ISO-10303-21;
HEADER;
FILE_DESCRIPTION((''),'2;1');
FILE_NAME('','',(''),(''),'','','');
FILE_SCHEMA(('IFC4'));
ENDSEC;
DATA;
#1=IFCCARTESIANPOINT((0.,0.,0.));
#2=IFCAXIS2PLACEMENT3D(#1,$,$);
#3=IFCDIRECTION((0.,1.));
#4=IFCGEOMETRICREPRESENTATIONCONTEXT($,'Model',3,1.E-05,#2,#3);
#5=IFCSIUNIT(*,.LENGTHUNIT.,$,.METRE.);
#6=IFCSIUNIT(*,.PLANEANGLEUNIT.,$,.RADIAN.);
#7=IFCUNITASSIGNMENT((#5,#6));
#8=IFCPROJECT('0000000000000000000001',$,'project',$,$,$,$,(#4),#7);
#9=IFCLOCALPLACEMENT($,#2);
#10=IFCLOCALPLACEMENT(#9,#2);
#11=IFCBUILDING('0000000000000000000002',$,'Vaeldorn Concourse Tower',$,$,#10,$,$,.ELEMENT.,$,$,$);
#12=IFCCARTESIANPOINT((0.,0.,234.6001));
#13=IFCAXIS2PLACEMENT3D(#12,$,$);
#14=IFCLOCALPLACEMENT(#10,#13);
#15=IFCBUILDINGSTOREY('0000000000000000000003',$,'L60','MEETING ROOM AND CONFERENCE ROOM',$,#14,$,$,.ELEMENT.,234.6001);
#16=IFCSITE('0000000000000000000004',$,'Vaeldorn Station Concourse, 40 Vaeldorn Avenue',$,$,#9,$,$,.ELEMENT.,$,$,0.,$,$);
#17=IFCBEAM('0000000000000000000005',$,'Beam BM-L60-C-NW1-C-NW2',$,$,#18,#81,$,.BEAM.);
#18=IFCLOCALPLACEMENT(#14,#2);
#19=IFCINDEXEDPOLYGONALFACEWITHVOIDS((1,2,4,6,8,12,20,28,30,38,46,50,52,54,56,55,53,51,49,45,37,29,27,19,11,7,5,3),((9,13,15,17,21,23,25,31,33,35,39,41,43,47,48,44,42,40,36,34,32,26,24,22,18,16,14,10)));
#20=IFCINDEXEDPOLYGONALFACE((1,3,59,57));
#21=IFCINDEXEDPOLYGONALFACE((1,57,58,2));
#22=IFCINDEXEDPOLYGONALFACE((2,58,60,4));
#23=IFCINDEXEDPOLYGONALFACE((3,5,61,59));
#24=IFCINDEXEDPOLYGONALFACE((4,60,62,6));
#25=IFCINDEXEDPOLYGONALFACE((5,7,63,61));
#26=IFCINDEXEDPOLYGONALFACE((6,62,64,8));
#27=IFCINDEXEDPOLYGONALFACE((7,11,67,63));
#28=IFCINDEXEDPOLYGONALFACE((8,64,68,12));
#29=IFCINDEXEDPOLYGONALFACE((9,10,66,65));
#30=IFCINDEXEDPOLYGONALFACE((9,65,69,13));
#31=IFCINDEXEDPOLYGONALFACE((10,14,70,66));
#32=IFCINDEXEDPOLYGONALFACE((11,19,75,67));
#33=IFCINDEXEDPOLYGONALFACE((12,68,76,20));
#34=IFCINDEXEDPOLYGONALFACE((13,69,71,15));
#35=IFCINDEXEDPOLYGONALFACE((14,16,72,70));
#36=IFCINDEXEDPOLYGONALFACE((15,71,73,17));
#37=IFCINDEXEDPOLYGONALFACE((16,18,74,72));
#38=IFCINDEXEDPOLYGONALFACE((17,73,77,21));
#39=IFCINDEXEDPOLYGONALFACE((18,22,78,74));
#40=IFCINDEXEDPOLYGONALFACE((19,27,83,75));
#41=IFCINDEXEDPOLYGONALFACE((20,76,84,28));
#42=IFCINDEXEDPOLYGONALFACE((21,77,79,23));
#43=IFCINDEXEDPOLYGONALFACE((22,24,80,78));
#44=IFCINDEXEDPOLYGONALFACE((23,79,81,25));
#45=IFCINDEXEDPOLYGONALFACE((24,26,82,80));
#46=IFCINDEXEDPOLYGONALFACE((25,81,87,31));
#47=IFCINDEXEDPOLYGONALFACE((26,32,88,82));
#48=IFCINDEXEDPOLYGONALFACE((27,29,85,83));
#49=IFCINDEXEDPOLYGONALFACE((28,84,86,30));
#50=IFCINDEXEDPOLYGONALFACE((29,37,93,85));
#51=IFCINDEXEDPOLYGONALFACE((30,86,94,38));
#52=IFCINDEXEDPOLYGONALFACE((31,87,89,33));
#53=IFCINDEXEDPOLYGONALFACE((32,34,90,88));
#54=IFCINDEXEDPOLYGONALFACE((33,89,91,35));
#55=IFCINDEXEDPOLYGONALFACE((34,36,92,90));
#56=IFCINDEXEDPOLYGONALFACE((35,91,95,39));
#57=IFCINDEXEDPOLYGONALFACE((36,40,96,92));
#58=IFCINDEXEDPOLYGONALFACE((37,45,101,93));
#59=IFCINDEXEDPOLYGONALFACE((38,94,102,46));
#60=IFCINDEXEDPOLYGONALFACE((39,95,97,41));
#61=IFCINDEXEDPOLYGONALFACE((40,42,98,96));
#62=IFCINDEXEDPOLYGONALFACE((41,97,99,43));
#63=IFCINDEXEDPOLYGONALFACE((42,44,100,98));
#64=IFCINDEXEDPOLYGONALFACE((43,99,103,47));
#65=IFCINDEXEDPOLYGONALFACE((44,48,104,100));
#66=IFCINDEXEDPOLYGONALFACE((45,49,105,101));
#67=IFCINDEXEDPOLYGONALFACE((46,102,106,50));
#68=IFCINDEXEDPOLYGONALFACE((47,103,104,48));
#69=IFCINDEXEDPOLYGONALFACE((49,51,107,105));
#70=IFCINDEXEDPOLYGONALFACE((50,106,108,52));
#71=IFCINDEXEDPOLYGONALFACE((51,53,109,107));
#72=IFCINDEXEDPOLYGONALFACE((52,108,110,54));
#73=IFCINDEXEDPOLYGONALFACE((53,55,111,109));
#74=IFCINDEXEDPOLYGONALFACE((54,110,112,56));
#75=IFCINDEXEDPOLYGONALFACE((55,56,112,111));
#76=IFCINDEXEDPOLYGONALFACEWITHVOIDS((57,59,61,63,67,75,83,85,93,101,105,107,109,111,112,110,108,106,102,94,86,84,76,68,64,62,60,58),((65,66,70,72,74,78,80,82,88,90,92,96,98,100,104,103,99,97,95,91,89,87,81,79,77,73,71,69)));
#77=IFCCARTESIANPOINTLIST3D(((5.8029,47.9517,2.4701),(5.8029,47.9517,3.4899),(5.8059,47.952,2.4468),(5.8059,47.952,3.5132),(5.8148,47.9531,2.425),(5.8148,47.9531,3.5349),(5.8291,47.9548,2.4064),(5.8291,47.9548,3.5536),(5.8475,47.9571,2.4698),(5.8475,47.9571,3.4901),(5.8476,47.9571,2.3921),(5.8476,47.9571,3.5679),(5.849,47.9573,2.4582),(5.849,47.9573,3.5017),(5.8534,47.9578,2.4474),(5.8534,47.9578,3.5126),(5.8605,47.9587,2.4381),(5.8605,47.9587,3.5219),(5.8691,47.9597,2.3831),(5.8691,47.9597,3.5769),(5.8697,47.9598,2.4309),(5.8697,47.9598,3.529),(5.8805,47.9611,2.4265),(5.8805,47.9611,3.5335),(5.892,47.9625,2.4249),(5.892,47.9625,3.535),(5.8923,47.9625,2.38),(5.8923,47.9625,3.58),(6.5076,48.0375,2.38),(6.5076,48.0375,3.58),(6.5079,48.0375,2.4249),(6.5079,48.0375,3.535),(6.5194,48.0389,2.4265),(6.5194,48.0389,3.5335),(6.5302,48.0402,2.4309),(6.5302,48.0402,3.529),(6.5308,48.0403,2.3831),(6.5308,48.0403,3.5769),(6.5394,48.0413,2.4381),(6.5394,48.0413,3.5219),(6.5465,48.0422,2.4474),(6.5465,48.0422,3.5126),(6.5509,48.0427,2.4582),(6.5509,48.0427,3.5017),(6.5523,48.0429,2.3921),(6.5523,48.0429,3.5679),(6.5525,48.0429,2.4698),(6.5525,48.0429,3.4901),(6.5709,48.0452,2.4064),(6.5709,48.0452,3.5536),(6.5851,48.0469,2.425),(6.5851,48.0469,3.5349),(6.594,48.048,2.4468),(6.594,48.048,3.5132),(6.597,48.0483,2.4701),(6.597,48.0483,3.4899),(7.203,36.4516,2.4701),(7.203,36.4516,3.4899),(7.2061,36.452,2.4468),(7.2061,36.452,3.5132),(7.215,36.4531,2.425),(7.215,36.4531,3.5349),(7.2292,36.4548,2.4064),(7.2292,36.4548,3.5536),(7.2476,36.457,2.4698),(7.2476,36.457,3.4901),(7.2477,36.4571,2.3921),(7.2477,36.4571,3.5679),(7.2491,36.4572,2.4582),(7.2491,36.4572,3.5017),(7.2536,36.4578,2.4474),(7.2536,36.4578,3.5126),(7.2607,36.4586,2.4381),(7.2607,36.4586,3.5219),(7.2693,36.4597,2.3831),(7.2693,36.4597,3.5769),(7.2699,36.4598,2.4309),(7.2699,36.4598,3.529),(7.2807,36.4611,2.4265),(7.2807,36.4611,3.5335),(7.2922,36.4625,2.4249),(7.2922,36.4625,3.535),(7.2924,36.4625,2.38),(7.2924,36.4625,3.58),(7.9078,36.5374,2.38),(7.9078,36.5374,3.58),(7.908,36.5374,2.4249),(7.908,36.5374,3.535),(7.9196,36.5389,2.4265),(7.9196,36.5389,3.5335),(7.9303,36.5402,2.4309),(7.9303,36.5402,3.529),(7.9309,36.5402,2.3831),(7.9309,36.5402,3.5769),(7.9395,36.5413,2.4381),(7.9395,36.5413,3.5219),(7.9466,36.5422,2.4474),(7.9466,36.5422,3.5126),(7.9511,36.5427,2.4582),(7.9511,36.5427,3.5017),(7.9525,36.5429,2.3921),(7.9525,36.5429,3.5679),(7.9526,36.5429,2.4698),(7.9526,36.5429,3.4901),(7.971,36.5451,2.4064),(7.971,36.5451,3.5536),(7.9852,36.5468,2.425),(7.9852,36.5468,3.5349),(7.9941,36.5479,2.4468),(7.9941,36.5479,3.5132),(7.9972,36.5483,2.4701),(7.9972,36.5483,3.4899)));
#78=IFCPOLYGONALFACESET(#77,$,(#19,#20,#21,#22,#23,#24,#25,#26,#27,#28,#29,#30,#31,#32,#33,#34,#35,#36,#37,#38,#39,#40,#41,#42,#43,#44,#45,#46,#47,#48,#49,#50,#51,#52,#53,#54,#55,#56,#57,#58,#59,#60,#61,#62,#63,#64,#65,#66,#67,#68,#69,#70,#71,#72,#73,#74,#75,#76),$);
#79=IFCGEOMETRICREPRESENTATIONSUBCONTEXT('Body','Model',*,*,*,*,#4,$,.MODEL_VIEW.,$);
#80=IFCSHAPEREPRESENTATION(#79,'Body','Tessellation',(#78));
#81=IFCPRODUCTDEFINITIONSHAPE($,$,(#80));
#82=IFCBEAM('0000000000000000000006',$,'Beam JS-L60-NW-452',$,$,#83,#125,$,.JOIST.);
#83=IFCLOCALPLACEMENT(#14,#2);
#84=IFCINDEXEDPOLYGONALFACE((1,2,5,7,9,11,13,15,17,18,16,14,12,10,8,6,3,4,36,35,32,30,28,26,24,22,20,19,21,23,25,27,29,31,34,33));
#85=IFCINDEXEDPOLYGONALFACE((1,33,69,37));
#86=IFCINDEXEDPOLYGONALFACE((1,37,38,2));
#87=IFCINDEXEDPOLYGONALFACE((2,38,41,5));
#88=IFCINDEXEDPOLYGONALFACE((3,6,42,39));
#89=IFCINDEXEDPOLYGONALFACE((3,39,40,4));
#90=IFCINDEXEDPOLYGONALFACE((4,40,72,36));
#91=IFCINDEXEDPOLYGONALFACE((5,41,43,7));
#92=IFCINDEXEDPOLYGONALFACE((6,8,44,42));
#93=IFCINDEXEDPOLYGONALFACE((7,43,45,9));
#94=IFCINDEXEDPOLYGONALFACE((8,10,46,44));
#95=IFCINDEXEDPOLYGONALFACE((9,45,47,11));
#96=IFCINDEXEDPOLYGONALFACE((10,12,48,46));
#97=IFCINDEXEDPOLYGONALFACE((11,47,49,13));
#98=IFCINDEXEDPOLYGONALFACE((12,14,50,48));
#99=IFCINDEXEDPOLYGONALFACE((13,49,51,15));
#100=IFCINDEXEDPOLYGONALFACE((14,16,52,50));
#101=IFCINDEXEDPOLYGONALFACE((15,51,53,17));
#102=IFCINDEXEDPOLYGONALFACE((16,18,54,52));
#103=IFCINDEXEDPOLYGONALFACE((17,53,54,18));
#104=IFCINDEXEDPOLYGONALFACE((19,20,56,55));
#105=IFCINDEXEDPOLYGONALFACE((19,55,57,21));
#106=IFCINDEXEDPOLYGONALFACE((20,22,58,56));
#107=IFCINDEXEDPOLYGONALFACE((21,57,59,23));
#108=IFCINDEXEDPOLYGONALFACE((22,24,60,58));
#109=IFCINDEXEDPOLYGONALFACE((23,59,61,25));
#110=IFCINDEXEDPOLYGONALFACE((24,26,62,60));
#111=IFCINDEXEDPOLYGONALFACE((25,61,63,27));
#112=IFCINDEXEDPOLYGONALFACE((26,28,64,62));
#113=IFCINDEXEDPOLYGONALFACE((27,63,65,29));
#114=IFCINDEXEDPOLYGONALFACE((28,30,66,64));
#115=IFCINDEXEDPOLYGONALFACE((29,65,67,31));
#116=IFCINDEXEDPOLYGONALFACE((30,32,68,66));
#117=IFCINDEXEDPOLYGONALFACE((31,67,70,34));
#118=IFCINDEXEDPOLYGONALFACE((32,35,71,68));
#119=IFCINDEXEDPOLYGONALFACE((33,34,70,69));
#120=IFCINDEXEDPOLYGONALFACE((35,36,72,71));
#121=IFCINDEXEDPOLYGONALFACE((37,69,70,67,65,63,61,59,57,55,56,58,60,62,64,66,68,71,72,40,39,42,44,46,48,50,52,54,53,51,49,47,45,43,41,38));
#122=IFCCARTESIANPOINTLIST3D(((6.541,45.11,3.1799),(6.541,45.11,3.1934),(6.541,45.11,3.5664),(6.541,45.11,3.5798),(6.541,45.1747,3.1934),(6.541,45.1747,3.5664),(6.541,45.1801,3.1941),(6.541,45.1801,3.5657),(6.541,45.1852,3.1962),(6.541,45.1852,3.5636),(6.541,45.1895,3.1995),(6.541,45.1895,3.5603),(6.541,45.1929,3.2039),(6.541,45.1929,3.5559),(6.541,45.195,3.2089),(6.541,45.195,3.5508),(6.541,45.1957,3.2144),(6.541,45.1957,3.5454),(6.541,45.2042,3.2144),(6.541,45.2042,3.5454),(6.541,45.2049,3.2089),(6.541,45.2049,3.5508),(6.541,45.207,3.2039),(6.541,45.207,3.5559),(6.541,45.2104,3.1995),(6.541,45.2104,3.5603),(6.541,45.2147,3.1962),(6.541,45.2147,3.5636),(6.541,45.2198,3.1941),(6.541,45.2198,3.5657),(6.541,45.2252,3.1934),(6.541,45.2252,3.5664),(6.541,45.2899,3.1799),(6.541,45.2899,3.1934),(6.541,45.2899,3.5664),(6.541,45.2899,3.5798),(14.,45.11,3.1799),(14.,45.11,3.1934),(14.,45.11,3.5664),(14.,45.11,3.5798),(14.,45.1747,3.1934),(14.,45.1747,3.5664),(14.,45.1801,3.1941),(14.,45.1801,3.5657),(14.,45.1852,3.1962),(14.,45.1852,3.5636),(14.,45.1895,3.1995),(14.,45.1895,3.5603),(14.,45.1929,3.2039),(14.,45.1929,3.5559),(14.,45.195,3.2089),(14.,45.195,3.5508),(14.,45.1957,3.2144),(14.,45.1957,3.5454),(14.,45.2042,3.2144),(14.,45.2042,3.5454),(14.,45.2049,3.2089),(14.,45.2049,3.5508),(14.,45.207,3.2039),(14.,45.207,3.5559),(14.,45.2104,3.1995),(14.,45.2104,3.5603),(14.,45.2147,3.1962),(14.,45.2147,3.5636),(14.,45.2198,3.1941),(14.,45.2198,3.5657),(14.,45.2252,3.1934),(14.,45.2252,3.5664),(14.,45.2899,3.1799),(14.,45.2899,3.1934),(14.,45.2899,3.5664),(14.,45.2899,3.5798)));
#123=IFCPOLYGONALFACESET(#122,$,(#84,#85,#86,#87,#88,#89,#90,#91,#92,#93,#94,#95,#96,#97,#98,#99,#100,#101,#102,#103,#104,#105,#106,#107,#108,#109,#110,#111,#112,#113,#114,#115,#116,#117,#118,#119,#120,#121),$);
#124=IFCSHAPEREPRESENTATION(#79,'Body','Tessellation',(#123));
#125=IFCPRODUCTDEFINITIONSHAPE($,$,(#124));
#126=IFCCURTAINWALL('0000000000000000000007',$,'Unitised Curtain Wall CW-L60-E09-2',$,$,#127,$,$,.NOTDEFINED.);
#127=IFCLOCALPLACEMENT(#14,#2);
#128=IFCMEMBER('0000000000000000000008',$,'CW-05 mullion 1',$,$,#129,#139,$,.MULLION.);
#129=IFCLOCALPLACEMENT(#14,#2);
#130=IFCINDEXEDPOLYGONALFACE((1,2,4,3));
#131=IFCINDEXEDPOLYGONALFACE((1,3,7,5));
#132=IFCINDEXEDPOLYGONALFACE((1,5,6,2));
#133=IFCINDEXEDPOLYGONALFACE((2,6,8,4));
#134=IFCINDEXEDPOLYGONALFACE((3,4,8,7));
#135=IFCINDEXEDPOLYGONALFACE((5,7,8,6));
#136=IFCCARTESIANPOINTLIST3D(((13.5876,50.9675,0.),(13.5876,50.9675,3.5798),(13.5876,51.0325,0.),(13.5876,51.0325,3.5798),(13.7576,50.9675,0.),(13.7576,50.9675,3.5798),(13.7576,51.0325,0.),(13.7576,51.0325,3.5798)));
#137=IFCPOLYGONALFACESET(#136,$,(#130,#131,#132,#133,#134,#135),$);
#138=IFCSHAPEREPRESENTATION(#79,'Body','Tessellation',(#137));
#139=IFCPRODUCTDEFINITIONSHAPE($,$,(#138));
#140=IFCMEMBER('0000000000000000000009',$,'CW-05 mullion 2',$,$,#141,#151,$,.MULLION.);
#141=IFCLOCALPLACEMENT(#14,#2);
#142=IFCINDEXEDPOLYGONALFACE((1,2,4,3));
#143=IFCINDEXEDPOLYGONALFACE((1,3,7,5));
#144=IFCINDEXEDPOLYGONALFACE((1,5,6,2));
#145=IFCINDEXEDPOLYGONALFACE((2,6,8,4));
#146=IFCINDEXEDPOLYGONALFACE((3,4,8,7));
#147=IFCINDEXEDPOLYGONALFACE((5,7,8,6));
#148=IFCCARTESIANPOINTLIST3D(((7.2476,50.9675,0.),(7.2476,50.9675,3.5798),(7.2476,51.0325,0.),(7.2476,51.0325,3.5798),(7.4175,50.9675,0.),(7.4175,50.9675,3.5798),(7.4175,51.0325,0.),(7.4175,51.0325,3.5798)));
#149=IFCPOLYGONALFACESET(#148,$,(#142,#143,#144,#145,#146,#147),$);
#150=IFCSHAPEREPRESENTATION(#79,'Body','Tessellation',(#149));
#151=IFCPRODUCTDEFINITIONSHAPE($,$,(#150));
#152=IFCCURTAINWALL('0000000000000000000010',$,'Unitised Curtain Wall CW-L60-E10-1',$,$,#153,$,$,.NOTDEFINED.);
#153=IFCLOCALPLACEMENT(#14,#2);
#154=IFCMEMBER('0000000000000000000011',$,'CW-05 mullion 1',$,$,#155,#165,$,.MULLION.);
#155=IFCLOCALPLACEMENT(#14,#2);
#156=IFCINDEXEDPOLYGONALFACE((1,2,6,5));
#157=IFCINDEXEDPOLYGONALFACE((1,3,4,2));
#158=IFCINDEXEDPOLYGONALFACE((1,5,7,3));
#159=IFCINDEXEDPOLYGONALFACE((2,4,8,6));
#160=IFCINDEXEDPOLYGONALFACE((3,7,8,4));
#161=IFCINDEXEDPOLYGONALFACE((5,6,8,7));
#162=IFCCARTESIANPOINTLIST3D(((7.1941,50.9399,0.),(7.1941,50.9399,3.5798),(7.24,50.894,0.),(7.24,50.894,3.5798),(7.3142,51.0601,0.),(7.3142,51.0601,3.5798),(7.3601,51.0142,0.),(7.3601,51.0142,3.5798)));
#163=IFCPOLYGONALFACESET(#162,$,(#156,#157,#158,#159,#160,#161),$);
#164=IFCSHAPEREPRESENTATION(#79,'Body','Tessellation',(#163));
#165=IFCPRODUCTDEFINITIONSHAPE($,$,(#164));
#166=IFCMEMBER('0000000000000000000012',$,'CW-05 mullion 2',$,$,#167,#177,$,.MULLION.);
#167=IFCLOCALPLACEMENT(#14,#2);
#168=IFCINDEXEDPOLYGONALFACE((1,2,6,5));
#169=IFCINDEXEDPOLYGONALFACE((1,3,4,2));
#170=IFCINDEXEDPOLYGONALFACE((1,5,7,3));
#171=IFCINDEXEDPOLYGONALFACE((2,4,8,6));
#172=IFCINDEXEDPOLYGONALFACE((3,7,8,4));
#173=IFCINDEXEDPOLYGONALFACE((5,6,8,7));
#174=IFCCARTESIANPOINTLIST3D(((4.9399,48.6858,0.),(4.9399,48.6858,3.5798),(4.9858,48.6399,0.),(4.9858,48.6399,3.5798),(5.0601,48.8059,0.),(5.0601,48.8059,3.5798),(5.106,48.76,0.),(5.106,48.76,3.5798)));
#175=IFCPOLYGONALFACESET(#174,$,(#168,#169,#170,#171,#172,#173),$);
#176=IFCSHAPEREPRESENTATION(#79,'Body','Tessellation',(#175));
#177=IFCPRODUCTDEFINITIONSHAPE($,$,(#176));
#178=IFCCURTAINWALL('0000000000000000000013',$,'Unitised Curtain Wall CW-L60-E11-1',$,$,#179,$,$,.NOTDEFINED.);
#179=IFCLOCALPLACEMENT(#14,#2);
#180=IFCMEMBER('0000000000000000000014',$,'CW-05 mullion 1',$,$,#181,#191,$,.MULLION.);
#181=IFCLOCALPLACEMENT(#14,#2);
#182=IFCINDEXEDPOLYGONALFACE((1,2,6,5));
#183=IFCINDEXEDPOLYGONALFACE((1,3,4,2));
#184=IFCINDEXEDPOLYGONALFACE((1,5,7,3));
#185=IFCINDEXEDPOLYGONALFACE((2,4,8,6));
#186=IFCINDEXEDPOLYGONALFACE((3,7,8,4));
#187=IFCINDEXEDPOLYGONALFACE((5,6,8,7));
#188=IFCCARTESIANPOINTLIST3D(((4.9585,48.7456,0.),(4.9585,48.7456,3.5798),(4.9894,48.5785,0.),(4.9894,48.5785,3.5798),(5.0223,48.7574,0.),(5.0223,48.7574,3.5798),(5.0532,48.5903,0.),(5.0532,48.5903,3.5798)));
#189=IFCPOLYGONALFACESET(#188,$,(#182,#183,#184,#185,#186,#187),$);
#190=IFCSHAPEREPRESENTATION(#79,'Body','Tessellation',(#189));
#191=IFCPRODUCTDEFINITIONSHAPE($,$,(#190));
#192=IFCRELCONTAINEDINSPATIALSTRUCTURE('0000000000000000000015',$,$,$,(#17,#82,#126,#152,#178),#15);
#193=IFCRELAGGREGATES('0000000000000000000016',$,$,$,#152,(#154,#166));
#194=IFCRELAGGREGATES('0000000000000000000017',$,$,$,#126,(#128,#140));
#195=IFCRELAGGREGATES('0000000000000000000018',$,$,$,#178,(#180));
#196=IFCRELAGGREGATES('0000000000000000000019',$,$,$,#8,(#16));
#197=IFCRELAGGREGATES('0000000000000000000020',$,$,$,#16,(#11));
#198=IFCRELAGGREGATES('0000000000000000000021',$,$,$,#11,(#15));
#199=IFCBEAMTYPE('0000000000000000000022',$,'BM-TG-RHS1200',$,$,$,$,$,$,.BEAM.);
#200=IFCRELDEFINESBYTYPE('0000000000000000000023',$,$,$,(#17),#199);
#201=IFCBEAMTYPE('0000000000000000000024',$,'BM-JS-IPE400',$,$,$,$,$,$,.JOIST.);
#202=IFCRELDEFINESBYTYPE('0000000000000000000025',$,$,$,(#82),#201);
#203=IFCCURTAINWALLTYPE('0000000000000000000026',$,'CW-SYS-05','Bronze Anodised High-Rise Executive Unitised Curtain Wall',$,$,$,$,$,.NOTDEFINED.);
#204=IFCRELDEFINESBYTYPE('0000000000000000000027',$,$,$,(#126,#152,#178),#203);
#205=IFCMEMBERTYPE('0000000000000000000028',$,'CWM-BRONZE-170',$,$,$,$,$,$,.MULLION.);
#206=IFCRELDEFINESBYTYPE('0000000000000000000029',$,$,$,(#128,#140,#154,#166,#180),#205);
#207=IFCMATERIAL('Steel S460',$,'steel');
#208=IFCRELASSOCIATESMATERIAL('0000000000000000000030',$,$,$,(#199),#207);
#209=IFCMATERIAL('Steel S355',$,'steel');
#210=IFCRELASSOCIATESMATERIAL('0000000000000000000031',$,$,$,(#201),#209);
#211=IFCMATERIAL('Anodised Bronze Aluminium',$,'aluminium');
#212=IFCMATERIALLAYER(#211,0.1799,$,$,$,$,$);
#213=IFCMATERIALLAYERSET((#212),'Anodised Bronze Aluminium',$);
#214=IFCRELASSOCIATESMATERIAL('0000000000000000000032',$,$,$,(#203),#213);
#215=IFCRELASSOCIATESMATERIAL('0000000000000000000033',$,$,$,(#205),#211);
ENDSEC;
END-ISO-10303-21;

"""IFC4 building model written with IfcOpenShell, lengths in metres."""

from ifc_helpers import new_model, si_unit, direction, frame, origin, origin_2d, place, context, subcontext, project, spatial, rectangle, hollow_rectangle, i_section, extrude, source, transform, mapped, material, layer, layer_set, material_profile, profile_set, type_object, element, aggregate, save


model = new_model("IFC4")

# Units and contexts
model_context = context("Model", 3, precision=1e-05, world=origin(), true_north=direction((0.0, 1.0)))
body_context = subcontext(model_context, "Body", "Model", "MODEL_VIEW")
ifc_project = project(units=[si_unit("LENGTHUNIT", "METRE"), si_unit("PLANEANGLEUNIT", "RADIAN")], contexts=[model_context])

# Site, building, storey
site_placement = place(None, origin())
site = spatial("IfcSite", under=ifc_project, at=site_placement, Name="Vaeldorn Station Concourse, 40 Vaeldorn Avenue", CompositionType="ELEMENT", RefElevation=0.0)
building_placement = place(site_placement, origin())
building = spatial("IfcBuilding", under=site, at=building_placement, Name="Vaeldorn Concourse Tower", CompositionType="ELEMENT")
storey_placement = place(building_placement, frame((0.0, 0.0, 234.6001)))
storey = spatial("IfcBuildingStorey", under=building, at=storey_placement, Name="L60", Description="MEETING ROOM AND CONFERENCE ROOM", CompositionType="ELEMENT", Elevation=234.6001)

# Shared definitions
ifc_material_1 = material(Name="Steel S355", Category="steel")

# Beams
ifc_material_2 = material(Name="Steel S460", Category="steel")
ifc_material_profile_1 = material_profile(ifc_material_2, hollow_rectangle(XDim=0.8, YDim=1.2, WallThickness=0.0449, InnerFilletRadius=0.0449, OuterFilletRadius=0.0901, at=origin_2d()), Name="RHS 1200x800x45")
ifc_profile_set_1 = profile_set([ifc_material_profile_1], Name="Steel S460")
beam_type_1 = type_object("IfcBeamType", Name="BM-TG-RHS1200", PredefinedType="BEAM", material=ifc_profile_set_1)
shared_shape_1 = source(origin(), body_context, "Body", "SweptSolid", [
    extrude(hollow_rectangle(XDim=0.8, YDim=1.2, WallThickness=0.0449, InnerFilletRadius=0.0449, OuterFilletRadius=0.0901, at=origin_2d()), origin(), (0.0, 0.0, 1.0), 11.585),
])
beam_1_placement = place(storey_placement, frame((6.2, 48.0, 2.98), z_axis=(0.120859, -0.99267, 0.0), x_axis=(0.99267, 0.120859, 0.0)))
element("IfcBeam", 1, at=beam_1_placement, inside=storey, type_object=beam_type_1, Name="Beam BM-L60-C-NW1-C-NW2", PredefinedType="BEAM", context=body_context, shape_type="MappedRepresentation", body=[
    mapped(shared_shape_1, transform((0.0, 0.0, 0.0), scale=1.0)),
])
ifc_material_profile_2 = material_profile(ifc_material_1, i_section(OverallWidth=0.1799, OverallDepth=0.3999, WebThickness=0.0085, FlangeThickness=0.0134, FilletRadius=0.021, at=origin_2d()), Name="IPE 400")
ifc_profile_set_2 = profile_set([ifc_material_profile_2], Name="Steel S355")
beam_type_2 = type_object("IfcBeamType", Name="BM-JS-IPE400", PredefinedType="JOIST", material=ifc_profile_set_2)
shared_shape_2 = source(origin(), body_context, "Body", "SweptSolid", [
    extrude(i_section(OverallWidth=0.1799, OverallDepth=0.3999, WebThickness=0.0085, FlangeThickness=0.0134, FilletRadius=0.021, at=origin_2d()), origin(), (0.0, 0.0, 1.0), 7.459),
])
beam_2_placement = place(storey_placement, frame((6.541, 45.2, 3.3799), z_axis=(1.0, 0.0, 0.0), x_axis=(0.0, 1.0, 0.0)))
element("IfcBeam", 2, at=beam_2_placement, inside=storey, type_object=beam_type_2, Name="Beam JS-L60-NW-452", PredefinedType="JOIST", context=body_context, shape_type="MappedRepresentation", body=[
    mapped(shared_shape_2, transform((0.0, 0.0, 0.0), scale=1.0)),
])

# Curtain walls, members
ifc_material_3 = material(Name="Anodised Bronze Aluminium", Category="aluminium")
ifc_layer_1 = layer(ifc_material_3, 0.1799)
ifc_layer_set_1 = layer_set([ifc_layer_1], Name="Anodised Bronze Aluminium")
curtain_wall_type = type_object("IfcCurtainWallType", Name="CW-SYS-05", Description="Bronze Anodised High-Rise Executive Unitised Curtain Wall", PredefinedType="NOTDEFINED", material=ifc_layer_set_1)
curtain_wall_1_placement = place(storey_placement, origin())
curtain_wall_1 = element("IfcCurtainWall", 3, at=curtain_wall_1_placement, inside=storey, type_object=curtain_wall_type, Name="Unitised Curtain Wall CW-L60-E09-2", PredefinedType="NOTDEFINED")
ifc_material_profile_3 = material_profile(ifc_material_3, rectangle(XDim=0.0649, YDim=0.1699, at=origin_2d()), Name="CWM 65x170")
ifc_profile_set_3 = profile_set([ifc_material_profile_3], Name="Anodised Bronze Aluminium")
member_type_1 = type_object("IfcMemberType", Name="CWM-BRONZE-170", PredefinedType="MULLION", material=ifc_profile_set_3)
shared_shape_3 = source(origin(), body_context, "Body", "SweptSolid", [
    extrude(rectangle(XDim=0.0649, YDim=0.1699, at=origin_2d()), origin(), (0.0, 0.0, 1.0), 3.5798),
])
member_1_placement = place(storey_placement, frame((13.6726, 51.0, 0.0), z_axis=(0.0, 0.0, 1.0), x_axis=(0.0, -1.0, 0.0)))
member_1 = element("IfcMember", 4, at=member_1_placement, type_object=member_type_1, Name="CW-05 mullion 1", PredefinedType="MULLION", context=body_context, shape_type="MappedRepresentation", body=[
    mapped(shared_shape_3, transform((0.0, 0.0, 0.0), scale=1.0)),
])
member_2_placement = place(storey_placement, frame((7.3325, 51.0, 0.0), z_axis=(0.0, 0.0, 1.0), x_axis=(0.0, -1.0, 0.0)))
member_2 = element("IfcMember", 5, at=member_2_placement, type_object=member_type_1, Name="CW-05 mullion 2", PredefinedType="MULLION", context=body_context, shape_type="MappedRepresentation", body=[
    mapped(shared_shape_3, transform((0.0, 0.0, 0.0), scale=1.0)),
])
curtain_wall_2_placement = place(storey_placement, origin())
curtain_wall_2 = element("IfcCurtainWall", 6, at=curtain_wall_2_placement, inside=storey, type_object=curtain_wall_type, Name="Unitised Curtain Wall CW-L60-E10-1", PredefinedType="NOTDEFINED")
member_3_placement = place(storey_placement, frame((7.2771, 50.9771, 0.0), z_axis=(0.0, 0.0, 1.0), x_axis=(0.707107, -0.707107, 0.0)))
member_3 = element("IfcMember", 7, at=member_3_placement, type_object=member_type_1, Name="CW-05 mullion 1", PredefinedType="MULLION", context=body_context, shape_type="MappedRepresentation", body=[
    mapped(shared_shape_3, transform((0.0, 0.0, 0.0), scale=1.0)),
])
member_4_placement = place(storey_placement, frame((5.0229, 48.7229, 0.0), z_axis=(0.0, 0.0, 1.0), x_axis=(0.707107, -0.707107, 0.0)))
member_4 = element("IfcMember", 8, at=member_4_placement, type_object=member_type_1, Name="CW-05 mullion 2", PredefinedType="MULLION", context=body_context, shape_type="MappedRepresentation", body=[
    mapped(shared_shape_3, transform((0.0, 0.0, 0.0), scale=1.0)),
])
curtain_wall_3_placement = place(storey_placement, origin())
curtain_wall_3 = element("IfcCurtainWall", 9, at=curtain_wall_3_placement, inside=storey, type_object=curtain_wall_type, Name="Unitised Curtain Wall CW-L60-E11-1", PredefinedType="NOTDEFINED")
member_5_placement = place(storey_placement, frame((5.0059, 48.668, 0.0), z_axis=(0.0, 0.0, 1.0), x_axis=(0.983319, 0.181888, 0.0)))
member_5 = element("IfcMember", 10, at=member_5_placement, type_object=member_type_1, Name="CW-05 mullion 1", PredefinedType="MULLION", context=body_context, shape_type="MappedRepresentation", body=[
    mapped(shared_shape_3, transform((0.0, 0.0, 0.0), scale=1.0)),
])

aggregate(curtain_wall_2, [member_3, member_4])
aggregate(curtain_wall_1, [member_1, member_2])
aggregate(curtain_wall_3, [member_5])

save(model, "model.ifc")
